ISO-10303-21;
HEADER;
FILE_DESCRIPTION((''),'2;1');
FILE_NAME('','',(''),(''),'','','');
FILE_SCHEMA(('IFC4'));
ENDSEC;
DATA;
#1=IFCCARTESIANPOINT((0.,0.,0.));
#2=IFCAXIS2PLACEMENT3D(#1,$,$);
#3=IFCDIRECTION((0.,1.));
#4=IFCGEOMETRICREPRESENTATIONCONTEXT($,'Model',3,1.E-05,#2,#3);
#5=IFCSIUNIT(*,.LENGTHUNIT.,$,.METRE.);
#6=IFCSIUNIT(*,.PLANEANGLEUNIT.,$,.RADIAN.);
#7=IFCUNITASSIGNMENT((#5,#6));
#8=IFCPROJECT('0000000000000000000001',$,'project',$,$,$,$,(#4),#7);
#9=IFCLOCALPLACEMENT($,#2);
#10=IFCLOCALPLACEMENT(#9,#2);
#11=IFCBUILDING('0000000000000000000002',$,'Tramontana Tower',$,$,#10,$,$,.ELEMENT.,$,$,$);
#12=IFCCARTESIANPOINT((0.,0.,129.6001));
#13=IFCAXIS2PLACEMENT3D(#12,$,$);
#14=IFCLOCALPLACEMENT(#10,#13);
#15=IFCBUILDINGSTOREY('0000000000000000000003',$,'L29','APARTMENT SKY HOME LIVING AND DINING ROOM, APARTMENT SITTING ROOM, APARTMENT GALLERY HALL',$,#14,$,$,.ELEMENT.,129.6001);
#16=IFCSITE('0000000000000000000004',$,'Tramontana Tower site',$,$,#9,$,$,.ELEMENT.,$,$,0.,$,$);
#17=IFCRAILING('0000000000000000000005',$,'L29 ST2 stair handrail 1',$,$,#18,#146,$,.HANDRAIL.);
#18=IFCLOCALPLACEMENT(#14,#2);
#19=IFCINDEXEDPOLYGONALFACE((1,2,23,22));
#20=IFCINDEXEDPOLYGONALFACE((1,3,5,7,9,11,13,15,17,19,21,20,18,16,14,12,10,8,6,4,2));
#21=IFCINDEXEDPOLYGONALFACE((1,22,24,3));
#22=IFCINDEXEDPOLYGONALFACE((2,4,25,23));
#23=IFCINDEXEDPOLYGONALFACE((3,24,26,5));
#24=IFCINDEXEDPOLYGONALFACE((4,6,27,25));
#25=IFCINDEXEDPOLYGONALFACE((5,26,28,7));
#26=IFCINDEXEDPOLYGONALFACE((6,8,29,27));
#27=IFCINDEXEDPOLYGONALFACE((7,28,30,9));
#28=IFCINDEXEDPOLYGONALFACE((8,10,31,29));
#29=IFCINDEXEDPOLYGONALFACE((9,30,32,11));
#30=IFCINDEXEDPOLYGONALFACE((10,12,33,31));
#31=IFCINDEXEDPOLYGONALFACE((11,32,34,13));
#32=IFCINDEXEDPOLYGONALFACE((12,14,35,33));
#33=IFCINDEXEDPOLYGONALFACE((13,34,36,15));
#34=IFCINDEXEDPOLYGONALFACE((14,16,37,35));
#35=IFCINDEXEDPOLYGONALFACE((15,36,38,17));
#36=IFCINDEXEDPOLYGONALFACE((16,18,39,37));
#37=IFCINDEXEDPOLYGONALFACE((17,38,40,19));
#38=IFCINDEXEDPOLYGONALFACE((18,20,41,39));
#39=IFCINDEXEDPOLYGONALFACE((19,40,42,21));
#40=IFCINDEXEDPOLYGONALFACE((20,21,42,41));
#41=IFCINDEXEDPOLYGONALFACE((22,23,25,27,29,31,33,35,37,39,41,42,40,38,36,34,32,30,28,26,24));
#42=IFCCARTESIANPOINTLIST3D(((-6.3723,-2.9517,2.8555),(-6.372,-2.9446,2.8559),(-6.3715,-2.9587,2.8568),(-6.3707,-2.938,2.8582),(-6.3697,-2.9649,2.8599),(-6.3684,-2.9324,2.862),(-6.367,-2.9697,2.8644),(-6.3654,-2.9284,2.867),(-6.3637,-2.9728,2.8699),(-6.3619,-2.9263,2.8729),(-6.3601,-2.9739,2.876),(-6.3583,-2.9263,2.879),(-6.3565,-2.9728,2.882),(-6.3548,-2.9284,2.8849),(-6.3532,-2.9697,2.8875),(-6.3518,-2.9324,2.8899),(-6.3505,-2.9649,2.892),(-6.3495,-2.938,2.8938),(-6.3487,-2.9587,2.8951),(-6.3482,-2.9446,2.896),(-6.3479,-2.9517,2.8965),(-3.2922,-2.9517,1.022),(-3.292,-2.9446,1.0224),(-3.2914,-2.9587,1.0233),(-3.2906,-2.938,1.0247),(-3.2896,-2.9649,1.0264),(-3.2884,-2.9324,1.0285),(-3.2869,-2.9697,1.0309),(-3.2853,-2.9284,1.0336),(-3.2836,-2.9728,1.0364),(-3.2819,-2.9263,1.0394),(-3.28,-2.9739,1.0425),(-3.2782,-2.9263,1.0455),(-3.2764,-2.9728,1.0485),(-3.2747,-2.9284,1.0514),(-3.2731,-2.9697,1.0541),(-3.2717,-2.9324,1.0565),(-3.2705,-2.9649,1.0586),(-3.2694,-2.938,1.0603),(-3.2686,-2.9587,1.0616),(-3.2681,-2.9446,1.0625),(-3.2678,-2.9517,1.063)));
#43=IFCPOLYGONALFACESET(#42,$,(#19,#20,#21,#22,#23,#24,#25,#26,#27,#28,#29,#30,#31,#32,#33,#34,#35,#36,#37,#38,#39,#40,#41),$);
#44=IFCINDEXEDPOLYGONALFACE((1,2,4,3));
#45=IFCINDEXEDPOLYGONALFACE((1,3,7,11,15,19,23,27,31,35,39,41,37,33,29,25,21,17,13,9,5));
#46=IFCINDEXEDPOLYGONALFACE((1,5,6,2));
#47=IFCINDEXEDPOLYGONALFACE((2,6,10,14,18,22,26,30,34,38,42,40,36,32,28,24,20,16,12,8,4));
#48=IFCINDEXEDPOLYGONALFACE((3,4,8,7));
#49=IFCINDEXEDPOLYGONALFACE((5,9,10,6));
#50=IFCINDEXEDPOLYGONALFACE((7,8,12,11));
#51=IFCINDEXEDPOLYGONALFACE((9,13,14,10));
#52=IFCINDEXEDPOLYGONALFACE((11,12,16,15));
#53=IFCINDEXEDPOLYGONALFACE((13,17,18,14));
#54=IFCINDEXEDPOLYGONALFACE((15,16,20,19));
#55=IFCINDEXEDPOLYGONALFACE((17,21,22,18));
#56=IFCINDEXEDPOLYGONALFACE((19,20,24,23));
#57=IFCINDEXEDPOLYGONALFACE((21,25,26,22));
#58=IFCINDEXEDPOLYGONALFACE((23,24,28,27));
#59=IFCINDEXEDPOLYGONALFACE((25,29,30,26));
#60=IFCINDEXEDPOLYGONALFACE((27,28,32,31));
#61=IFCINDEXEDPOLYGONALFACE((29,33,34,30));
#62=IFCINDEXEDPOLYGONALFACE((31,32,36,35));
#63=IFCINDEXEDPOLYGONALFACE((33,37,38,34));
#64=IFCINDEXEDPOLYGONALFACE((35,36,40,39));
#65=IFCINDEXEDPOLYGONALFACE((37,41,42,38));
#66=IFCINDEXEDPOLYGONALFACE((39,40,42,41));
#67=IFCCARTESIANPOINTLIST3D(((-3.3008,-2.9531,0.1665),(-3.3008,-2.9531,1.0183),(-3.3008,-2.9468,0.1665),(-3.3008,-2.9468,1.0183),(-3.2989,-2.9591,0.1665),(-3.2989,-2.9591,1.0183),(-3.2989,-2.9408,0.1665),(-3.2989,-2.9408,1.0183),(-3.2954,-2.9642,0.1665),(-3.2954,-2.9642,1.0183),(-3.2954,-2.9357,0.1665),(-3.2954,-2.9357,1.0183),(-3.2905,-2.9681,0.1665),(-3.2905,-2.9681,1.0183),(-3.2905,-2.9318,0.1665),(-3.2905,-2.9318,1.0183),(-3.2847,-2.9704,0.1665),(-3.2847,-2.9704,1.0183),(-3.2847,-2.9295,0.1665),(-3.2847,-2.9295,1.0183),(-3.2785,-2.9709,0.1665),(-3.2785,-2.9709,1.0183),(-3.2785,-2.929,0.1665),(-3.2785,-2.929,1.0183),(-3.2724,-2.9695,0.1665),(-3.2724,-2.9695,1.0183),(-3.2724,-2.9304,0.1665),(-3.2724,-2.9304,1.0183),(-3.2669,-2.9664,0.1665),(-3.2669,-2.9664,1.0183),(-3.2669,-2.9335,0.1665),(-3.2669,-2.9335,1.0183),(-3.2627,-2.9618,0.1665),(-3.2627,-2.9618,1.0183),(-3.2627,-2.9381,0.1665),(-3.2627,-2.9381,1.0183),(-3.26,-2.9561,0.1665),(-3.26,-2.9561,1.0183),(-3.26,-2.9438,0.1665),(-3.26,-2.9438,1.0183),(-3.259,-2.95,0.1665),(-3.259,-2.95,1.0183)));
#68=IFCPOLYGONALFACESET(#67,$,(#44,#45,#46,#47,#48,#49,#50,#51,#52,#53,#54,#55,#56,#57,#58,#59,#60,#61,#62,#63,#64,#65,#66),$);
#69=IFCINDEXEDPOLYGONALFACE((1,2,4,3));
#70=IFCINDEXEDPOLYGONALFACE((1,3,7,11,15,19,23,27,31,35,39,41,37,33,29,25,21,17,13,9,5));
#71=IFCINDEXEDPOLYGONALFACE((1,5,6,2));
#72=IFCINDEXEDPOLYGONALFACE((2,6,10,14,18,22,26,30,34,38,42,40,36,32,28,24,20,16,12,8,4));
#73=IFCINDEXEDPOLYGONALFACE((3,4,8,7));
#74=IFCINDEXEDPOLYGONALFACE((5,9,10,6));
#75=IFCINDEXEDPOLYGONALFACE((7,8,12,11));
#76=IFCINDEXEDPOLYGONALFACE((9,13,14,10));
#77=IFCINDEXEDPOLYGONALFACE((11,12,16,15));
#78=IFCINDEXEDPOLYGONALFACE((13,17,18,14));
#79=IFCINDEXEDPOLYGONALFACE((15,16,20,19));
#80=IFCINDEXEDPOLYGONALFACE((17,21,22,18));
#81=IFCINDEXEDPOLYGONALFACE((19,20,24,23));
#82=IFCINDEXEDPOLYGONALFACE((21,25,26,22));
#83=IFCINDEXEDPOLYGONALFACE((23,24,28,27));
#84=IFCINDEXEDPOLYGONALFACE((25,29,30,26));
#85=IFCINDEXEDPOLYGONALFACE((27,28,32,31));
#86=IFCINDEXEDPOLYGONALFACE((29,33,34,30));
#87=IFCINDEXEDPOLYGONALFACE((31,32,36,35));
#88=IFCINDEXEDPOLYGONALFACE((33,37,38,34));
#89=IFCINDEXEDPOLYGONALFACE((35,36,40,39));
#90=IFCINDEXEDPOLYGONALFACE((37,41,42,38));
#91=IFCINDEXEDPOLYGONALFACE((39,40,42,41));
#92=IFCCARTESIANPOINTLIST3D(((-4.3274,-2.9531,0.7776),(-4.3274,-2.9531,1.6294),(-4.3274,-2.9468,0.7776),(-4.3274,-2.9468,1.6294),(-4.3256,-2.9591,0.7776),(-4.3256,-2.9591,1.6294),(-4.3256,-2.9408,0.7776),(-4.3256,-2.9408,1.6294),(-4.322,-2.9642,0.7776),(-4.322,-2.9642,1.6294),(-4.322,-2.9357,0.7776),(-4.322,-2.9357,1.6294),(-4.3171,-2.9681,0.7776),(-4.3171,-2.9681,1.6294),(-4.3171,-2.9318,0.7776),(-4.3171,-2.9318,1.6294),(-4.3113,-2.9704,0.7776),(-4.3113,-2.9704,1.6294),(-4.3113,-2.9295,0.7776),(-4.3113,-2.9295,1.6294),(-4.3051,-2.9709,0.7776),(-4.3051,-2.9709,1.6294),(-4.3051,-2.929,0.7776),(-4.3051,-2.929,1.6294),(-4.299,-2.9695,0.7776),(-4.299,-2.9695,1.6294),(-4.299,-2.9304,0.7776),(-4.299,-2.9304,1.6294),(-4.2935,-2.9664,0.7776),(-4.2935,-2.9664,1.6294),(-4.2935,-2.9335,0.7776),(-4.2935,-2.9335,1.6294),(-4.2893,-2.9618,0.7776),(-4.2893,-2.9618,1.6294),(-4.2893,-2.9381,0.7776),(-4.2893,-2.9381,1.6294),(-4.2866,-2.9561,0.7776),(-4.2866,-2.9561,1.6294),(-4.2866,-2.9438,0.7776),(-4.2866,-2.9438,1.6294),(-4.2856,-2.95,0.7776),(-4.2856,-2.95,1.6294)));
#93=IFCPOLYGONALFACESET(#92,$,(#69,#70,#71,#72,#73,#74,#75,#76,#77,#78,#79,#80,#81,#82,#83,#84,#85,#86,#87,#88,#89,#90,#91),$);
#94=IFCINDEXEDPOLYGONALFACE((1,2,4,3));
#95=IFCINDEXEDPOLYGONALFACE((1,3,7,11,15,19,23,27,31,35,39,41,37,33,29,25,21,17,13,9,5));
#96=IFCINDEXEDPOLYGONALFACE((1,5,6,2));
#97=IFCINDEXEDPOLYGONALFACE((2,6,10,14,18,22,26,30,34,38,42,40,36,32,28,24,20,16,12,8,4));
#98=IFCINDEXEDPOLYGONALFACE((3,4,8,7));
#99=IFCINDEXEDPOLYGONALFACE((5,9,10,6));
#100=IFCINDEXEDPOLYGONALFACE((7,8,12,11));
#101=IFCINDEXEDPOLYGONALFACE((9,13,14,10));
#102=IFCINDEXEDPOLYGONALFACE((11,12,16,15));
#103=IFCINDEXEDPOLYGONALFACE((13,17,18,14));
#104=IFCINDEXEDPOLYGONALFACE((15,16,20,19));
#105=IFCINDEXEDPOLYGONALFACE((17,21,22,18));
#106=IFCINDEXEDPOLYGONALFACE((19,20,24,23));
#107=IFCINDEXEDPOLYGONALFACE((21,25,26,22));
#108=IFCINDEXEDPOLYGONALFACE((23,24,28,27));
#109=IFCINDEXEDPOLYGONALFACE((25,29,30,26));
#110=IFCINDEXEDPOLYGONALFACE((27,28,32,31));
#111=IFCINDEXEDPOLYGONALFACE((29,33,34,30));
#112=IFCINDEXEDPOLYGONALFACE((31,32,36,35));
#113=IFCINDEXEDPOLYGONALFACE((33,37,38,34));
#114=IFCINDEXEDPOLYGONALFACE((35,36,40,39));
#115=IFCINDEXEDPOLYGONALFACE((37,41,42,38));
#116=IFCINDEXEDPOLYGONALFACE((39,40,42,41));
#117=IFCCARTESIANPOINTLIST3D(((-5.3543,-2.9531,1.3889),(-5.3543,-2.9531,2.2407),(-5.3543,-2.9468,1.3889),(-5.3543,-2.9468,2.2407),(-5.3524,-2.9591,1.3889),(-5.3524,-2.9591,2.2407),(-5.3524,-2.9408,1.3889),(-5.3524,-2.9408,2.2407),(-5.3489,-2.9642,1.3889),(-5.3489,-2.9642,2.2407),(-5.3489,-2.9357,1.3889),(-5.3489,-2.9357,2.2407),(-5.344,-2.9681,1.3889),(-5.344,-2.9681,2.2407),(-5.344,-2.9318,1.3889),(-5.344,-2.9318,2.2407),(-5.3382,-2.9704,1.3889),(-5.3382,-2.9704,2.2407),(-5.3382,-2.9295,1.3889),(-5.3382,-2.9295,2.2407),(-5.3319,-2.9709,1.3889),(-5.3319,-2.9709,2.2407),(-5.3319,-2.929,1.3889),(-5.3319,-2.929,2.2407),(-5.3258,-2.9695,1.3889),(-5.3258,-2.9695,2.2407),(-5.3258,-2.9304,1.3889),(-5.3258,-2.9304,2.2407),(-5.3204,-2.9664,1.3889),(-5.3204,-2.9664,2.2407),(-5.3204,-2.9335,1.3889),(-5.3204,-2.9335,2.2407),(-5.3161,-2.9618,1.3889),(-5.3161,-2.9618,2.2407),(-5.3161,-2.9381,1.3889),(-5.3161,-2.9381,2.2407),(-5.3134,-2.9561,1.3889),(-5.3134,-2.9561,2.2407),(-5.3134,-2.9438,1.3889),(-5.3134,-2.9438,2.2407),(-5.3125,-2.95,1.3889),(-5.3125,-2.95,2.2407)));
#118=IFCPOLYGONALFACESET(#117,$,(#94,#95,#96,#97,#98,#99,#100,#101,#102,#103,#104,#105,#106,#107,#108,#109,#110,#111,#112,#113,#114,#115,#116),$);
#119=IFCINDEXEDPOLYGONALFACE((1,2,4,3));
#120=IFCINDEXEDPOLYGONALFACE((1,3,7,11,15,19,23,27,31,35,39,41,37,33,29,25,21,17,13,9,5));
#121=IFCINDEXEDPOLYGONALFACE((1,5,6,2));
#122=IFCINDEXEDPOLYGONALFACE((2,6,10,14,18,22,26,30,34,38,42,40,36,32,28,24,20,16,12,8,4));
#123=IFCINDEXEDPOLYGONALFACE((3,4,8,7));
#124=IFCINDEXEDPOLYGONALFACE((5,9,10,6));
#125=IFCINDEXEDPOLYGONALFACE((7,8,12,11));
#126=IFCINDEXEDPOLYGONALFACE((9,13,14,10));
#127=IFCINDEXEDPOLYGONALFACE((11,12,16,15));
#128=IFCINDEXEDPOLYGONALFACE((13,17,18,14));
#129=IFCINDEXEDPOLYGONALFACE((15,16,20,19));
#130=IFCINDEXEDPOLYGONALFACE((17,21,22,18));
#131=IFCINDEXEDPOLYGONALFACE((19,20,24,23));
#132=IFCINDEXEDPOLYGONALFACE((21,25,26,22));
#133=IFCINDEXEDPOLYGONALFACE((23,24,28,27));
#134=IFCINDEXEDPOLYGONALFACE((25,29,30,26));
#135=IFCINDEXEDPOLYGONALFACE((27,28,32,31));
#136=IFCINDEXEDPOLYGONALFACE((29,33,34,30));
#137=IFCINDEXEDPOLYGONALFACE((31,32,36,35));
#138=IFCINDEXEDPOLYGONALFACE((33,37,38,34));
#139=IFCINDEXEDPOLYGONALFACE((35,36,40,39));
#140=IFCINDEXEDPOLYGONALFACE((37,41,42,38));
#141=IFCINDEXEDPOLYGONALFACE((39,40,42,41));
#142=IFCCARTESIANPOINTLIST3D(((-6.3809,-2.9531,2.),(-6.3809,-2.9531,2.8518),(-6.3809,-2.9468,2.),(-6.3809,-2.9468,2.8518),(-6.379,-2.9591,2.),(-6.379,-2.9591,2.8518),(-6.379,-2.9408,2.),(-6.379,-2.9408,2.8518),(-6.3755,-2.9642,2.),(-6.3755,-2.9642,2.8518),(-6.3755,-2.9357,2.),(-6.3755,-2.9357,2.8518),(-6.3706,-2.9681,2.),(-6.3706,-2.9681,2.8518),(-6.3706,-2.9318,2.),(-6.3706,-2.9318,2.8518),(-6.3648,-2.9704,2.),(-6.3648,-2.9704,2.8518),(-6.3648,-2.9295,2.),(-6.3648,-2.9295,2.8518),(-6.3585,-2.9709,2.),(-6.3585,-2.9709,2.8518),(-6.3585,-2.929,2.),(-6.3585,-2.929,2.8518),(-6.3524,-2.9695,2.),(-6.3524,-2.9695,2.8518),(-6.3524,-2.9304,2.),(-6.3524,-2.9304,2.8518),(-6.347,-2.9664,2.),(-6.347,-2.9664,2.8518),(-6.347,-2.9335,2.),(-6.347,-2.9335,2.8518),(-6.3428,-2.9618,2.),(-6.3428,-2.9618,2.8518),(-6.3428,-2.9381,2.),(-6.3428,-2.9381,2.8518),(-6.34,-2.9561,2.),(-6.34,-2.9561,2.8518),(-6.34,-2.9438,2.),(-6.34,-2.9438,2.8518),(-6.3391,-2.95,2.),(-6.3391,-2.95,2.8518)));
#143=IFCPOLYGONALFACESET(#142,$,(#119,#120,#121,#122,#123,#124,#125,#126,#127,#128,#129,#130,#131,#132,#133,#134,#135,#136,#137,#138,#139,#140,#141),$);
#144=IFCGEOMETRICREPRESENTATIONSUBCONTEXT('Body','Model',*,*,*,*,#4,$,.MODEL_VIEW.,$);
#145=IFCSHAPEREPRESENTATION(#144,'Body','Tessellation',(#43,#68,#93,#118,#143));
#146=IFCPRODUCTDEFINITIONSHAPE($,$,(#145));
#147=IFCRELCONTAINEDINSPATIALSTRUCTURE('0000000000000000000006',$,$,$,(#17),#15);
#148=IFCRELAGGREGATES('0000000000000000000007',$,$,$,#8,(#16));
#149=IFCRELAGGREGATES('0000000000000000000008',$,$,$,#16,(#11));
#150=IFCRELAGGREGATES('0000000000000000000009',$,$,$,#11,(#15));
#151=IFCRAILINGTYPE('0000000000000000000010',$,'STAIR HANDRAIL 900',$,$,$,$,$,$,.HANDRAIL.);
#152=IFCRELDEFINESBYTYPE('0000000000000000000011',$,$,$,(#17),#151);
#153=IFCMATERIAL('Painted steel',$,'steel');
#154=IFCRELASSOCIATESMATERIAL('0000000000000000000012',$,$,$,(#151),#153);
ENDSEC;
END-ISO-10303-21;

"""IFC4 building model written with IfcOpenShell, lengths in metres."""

from ifc_helpers import new_model, si_unit, direction, frame, origin, origin_2d, place, context, subcontext, project, spatial, circle, extrude, material, type_object, element, save


model = new_model("IFC4")

# Units and contexts
model_context = context("Model", 3, precision=1e-05, world=origin(), true_north=direction((0.0, 1.0)))
body_context = subcontext(model_context, "Body", "Model", "MODEL_VIEW")
ifc_project = project(units=[si_unit("LENGTHUNIT", "METRE"), si_unit("PLANEANGLEUNIT", "RADIAN")], contexts=[model_context])

# Site, building, storey
site_placement = place(None, origin())
site = spatial("IfcSite", under=ifc_project, at=site_placement, Name="Tramontana Tower site", CompositionType="ELEMENT", RefElevation=0.0)
building_placement = place(site_placement, origin())
building = spatial("IfcBuilding", under=site, at=building_placement, Name="Tramontana Tower", CompositionType="ELEMENT")
storey_placement = place(building_placement, frame((0.0, 0.0, 129.6001)))
storey = spatial("IfcBuildingStorey", under=building, at=storey_placement, Name="L29", Description="APARTMENT SKY HOME LIVING AND DINING ROOM, APARTMENT SITTING ROOM, APARTMENT GALLERY HALL", CompositionType="ELEMENT", Elevation=129.6001)

# Railing
ifc_material_1 = material(Name="Painted steel", Category="steel")
railing_type_1 = type_object("IfcRailingType", Name="STAIR HANDRAIL 900", PredefinedType="HANDRAIL", material=ifc_material_1)
railing_1_placement = place(storey_placement, frame((-3.28, -2.95, 0.1665)))
element("IfcRailing", 1, at=railing_1_placement, inside=storey, type_object=railing_type_1, Name="L29 ST2 stair handrail 1", PredefinedType="HANDRAIL", context=body_context, shape_type="SweptSolid", body=[
    extrude(circle(Radius=0.0239, at=origin_2d()), frame((0.0, 0.0, 0.876), z_axis=(-0.859279, 0.0, 0.511508), x_axis=(0.0, -1.0, 0.0)), (0.0, 0.0, 1.0), 3.5845),
    extrude(circle(Radius=0.021, at=origin_2d()), origin(), (0.0, 0.0, 1.0), 0.8518),
    extrude(circle(Radius=0.021, at=origin_2d()), frame((-1.0266, 0.0, 0.6111)), (0.0, 0.0, 1.0), 0.8518),
    extrude(circle(Radius=0.021, at=origin_2d()), frame((-2.0535, 0.0, 1.2224)), (0.0, 0.0, 1.0), 0.8518),
    extrude(circle(Radius=0.021, at=origin_2d()), frame((-3.0801, 0.0, 1.8335)), (0.0, 0.0, 1.0), 0.8518),
])

save(model, "model.ifc")
